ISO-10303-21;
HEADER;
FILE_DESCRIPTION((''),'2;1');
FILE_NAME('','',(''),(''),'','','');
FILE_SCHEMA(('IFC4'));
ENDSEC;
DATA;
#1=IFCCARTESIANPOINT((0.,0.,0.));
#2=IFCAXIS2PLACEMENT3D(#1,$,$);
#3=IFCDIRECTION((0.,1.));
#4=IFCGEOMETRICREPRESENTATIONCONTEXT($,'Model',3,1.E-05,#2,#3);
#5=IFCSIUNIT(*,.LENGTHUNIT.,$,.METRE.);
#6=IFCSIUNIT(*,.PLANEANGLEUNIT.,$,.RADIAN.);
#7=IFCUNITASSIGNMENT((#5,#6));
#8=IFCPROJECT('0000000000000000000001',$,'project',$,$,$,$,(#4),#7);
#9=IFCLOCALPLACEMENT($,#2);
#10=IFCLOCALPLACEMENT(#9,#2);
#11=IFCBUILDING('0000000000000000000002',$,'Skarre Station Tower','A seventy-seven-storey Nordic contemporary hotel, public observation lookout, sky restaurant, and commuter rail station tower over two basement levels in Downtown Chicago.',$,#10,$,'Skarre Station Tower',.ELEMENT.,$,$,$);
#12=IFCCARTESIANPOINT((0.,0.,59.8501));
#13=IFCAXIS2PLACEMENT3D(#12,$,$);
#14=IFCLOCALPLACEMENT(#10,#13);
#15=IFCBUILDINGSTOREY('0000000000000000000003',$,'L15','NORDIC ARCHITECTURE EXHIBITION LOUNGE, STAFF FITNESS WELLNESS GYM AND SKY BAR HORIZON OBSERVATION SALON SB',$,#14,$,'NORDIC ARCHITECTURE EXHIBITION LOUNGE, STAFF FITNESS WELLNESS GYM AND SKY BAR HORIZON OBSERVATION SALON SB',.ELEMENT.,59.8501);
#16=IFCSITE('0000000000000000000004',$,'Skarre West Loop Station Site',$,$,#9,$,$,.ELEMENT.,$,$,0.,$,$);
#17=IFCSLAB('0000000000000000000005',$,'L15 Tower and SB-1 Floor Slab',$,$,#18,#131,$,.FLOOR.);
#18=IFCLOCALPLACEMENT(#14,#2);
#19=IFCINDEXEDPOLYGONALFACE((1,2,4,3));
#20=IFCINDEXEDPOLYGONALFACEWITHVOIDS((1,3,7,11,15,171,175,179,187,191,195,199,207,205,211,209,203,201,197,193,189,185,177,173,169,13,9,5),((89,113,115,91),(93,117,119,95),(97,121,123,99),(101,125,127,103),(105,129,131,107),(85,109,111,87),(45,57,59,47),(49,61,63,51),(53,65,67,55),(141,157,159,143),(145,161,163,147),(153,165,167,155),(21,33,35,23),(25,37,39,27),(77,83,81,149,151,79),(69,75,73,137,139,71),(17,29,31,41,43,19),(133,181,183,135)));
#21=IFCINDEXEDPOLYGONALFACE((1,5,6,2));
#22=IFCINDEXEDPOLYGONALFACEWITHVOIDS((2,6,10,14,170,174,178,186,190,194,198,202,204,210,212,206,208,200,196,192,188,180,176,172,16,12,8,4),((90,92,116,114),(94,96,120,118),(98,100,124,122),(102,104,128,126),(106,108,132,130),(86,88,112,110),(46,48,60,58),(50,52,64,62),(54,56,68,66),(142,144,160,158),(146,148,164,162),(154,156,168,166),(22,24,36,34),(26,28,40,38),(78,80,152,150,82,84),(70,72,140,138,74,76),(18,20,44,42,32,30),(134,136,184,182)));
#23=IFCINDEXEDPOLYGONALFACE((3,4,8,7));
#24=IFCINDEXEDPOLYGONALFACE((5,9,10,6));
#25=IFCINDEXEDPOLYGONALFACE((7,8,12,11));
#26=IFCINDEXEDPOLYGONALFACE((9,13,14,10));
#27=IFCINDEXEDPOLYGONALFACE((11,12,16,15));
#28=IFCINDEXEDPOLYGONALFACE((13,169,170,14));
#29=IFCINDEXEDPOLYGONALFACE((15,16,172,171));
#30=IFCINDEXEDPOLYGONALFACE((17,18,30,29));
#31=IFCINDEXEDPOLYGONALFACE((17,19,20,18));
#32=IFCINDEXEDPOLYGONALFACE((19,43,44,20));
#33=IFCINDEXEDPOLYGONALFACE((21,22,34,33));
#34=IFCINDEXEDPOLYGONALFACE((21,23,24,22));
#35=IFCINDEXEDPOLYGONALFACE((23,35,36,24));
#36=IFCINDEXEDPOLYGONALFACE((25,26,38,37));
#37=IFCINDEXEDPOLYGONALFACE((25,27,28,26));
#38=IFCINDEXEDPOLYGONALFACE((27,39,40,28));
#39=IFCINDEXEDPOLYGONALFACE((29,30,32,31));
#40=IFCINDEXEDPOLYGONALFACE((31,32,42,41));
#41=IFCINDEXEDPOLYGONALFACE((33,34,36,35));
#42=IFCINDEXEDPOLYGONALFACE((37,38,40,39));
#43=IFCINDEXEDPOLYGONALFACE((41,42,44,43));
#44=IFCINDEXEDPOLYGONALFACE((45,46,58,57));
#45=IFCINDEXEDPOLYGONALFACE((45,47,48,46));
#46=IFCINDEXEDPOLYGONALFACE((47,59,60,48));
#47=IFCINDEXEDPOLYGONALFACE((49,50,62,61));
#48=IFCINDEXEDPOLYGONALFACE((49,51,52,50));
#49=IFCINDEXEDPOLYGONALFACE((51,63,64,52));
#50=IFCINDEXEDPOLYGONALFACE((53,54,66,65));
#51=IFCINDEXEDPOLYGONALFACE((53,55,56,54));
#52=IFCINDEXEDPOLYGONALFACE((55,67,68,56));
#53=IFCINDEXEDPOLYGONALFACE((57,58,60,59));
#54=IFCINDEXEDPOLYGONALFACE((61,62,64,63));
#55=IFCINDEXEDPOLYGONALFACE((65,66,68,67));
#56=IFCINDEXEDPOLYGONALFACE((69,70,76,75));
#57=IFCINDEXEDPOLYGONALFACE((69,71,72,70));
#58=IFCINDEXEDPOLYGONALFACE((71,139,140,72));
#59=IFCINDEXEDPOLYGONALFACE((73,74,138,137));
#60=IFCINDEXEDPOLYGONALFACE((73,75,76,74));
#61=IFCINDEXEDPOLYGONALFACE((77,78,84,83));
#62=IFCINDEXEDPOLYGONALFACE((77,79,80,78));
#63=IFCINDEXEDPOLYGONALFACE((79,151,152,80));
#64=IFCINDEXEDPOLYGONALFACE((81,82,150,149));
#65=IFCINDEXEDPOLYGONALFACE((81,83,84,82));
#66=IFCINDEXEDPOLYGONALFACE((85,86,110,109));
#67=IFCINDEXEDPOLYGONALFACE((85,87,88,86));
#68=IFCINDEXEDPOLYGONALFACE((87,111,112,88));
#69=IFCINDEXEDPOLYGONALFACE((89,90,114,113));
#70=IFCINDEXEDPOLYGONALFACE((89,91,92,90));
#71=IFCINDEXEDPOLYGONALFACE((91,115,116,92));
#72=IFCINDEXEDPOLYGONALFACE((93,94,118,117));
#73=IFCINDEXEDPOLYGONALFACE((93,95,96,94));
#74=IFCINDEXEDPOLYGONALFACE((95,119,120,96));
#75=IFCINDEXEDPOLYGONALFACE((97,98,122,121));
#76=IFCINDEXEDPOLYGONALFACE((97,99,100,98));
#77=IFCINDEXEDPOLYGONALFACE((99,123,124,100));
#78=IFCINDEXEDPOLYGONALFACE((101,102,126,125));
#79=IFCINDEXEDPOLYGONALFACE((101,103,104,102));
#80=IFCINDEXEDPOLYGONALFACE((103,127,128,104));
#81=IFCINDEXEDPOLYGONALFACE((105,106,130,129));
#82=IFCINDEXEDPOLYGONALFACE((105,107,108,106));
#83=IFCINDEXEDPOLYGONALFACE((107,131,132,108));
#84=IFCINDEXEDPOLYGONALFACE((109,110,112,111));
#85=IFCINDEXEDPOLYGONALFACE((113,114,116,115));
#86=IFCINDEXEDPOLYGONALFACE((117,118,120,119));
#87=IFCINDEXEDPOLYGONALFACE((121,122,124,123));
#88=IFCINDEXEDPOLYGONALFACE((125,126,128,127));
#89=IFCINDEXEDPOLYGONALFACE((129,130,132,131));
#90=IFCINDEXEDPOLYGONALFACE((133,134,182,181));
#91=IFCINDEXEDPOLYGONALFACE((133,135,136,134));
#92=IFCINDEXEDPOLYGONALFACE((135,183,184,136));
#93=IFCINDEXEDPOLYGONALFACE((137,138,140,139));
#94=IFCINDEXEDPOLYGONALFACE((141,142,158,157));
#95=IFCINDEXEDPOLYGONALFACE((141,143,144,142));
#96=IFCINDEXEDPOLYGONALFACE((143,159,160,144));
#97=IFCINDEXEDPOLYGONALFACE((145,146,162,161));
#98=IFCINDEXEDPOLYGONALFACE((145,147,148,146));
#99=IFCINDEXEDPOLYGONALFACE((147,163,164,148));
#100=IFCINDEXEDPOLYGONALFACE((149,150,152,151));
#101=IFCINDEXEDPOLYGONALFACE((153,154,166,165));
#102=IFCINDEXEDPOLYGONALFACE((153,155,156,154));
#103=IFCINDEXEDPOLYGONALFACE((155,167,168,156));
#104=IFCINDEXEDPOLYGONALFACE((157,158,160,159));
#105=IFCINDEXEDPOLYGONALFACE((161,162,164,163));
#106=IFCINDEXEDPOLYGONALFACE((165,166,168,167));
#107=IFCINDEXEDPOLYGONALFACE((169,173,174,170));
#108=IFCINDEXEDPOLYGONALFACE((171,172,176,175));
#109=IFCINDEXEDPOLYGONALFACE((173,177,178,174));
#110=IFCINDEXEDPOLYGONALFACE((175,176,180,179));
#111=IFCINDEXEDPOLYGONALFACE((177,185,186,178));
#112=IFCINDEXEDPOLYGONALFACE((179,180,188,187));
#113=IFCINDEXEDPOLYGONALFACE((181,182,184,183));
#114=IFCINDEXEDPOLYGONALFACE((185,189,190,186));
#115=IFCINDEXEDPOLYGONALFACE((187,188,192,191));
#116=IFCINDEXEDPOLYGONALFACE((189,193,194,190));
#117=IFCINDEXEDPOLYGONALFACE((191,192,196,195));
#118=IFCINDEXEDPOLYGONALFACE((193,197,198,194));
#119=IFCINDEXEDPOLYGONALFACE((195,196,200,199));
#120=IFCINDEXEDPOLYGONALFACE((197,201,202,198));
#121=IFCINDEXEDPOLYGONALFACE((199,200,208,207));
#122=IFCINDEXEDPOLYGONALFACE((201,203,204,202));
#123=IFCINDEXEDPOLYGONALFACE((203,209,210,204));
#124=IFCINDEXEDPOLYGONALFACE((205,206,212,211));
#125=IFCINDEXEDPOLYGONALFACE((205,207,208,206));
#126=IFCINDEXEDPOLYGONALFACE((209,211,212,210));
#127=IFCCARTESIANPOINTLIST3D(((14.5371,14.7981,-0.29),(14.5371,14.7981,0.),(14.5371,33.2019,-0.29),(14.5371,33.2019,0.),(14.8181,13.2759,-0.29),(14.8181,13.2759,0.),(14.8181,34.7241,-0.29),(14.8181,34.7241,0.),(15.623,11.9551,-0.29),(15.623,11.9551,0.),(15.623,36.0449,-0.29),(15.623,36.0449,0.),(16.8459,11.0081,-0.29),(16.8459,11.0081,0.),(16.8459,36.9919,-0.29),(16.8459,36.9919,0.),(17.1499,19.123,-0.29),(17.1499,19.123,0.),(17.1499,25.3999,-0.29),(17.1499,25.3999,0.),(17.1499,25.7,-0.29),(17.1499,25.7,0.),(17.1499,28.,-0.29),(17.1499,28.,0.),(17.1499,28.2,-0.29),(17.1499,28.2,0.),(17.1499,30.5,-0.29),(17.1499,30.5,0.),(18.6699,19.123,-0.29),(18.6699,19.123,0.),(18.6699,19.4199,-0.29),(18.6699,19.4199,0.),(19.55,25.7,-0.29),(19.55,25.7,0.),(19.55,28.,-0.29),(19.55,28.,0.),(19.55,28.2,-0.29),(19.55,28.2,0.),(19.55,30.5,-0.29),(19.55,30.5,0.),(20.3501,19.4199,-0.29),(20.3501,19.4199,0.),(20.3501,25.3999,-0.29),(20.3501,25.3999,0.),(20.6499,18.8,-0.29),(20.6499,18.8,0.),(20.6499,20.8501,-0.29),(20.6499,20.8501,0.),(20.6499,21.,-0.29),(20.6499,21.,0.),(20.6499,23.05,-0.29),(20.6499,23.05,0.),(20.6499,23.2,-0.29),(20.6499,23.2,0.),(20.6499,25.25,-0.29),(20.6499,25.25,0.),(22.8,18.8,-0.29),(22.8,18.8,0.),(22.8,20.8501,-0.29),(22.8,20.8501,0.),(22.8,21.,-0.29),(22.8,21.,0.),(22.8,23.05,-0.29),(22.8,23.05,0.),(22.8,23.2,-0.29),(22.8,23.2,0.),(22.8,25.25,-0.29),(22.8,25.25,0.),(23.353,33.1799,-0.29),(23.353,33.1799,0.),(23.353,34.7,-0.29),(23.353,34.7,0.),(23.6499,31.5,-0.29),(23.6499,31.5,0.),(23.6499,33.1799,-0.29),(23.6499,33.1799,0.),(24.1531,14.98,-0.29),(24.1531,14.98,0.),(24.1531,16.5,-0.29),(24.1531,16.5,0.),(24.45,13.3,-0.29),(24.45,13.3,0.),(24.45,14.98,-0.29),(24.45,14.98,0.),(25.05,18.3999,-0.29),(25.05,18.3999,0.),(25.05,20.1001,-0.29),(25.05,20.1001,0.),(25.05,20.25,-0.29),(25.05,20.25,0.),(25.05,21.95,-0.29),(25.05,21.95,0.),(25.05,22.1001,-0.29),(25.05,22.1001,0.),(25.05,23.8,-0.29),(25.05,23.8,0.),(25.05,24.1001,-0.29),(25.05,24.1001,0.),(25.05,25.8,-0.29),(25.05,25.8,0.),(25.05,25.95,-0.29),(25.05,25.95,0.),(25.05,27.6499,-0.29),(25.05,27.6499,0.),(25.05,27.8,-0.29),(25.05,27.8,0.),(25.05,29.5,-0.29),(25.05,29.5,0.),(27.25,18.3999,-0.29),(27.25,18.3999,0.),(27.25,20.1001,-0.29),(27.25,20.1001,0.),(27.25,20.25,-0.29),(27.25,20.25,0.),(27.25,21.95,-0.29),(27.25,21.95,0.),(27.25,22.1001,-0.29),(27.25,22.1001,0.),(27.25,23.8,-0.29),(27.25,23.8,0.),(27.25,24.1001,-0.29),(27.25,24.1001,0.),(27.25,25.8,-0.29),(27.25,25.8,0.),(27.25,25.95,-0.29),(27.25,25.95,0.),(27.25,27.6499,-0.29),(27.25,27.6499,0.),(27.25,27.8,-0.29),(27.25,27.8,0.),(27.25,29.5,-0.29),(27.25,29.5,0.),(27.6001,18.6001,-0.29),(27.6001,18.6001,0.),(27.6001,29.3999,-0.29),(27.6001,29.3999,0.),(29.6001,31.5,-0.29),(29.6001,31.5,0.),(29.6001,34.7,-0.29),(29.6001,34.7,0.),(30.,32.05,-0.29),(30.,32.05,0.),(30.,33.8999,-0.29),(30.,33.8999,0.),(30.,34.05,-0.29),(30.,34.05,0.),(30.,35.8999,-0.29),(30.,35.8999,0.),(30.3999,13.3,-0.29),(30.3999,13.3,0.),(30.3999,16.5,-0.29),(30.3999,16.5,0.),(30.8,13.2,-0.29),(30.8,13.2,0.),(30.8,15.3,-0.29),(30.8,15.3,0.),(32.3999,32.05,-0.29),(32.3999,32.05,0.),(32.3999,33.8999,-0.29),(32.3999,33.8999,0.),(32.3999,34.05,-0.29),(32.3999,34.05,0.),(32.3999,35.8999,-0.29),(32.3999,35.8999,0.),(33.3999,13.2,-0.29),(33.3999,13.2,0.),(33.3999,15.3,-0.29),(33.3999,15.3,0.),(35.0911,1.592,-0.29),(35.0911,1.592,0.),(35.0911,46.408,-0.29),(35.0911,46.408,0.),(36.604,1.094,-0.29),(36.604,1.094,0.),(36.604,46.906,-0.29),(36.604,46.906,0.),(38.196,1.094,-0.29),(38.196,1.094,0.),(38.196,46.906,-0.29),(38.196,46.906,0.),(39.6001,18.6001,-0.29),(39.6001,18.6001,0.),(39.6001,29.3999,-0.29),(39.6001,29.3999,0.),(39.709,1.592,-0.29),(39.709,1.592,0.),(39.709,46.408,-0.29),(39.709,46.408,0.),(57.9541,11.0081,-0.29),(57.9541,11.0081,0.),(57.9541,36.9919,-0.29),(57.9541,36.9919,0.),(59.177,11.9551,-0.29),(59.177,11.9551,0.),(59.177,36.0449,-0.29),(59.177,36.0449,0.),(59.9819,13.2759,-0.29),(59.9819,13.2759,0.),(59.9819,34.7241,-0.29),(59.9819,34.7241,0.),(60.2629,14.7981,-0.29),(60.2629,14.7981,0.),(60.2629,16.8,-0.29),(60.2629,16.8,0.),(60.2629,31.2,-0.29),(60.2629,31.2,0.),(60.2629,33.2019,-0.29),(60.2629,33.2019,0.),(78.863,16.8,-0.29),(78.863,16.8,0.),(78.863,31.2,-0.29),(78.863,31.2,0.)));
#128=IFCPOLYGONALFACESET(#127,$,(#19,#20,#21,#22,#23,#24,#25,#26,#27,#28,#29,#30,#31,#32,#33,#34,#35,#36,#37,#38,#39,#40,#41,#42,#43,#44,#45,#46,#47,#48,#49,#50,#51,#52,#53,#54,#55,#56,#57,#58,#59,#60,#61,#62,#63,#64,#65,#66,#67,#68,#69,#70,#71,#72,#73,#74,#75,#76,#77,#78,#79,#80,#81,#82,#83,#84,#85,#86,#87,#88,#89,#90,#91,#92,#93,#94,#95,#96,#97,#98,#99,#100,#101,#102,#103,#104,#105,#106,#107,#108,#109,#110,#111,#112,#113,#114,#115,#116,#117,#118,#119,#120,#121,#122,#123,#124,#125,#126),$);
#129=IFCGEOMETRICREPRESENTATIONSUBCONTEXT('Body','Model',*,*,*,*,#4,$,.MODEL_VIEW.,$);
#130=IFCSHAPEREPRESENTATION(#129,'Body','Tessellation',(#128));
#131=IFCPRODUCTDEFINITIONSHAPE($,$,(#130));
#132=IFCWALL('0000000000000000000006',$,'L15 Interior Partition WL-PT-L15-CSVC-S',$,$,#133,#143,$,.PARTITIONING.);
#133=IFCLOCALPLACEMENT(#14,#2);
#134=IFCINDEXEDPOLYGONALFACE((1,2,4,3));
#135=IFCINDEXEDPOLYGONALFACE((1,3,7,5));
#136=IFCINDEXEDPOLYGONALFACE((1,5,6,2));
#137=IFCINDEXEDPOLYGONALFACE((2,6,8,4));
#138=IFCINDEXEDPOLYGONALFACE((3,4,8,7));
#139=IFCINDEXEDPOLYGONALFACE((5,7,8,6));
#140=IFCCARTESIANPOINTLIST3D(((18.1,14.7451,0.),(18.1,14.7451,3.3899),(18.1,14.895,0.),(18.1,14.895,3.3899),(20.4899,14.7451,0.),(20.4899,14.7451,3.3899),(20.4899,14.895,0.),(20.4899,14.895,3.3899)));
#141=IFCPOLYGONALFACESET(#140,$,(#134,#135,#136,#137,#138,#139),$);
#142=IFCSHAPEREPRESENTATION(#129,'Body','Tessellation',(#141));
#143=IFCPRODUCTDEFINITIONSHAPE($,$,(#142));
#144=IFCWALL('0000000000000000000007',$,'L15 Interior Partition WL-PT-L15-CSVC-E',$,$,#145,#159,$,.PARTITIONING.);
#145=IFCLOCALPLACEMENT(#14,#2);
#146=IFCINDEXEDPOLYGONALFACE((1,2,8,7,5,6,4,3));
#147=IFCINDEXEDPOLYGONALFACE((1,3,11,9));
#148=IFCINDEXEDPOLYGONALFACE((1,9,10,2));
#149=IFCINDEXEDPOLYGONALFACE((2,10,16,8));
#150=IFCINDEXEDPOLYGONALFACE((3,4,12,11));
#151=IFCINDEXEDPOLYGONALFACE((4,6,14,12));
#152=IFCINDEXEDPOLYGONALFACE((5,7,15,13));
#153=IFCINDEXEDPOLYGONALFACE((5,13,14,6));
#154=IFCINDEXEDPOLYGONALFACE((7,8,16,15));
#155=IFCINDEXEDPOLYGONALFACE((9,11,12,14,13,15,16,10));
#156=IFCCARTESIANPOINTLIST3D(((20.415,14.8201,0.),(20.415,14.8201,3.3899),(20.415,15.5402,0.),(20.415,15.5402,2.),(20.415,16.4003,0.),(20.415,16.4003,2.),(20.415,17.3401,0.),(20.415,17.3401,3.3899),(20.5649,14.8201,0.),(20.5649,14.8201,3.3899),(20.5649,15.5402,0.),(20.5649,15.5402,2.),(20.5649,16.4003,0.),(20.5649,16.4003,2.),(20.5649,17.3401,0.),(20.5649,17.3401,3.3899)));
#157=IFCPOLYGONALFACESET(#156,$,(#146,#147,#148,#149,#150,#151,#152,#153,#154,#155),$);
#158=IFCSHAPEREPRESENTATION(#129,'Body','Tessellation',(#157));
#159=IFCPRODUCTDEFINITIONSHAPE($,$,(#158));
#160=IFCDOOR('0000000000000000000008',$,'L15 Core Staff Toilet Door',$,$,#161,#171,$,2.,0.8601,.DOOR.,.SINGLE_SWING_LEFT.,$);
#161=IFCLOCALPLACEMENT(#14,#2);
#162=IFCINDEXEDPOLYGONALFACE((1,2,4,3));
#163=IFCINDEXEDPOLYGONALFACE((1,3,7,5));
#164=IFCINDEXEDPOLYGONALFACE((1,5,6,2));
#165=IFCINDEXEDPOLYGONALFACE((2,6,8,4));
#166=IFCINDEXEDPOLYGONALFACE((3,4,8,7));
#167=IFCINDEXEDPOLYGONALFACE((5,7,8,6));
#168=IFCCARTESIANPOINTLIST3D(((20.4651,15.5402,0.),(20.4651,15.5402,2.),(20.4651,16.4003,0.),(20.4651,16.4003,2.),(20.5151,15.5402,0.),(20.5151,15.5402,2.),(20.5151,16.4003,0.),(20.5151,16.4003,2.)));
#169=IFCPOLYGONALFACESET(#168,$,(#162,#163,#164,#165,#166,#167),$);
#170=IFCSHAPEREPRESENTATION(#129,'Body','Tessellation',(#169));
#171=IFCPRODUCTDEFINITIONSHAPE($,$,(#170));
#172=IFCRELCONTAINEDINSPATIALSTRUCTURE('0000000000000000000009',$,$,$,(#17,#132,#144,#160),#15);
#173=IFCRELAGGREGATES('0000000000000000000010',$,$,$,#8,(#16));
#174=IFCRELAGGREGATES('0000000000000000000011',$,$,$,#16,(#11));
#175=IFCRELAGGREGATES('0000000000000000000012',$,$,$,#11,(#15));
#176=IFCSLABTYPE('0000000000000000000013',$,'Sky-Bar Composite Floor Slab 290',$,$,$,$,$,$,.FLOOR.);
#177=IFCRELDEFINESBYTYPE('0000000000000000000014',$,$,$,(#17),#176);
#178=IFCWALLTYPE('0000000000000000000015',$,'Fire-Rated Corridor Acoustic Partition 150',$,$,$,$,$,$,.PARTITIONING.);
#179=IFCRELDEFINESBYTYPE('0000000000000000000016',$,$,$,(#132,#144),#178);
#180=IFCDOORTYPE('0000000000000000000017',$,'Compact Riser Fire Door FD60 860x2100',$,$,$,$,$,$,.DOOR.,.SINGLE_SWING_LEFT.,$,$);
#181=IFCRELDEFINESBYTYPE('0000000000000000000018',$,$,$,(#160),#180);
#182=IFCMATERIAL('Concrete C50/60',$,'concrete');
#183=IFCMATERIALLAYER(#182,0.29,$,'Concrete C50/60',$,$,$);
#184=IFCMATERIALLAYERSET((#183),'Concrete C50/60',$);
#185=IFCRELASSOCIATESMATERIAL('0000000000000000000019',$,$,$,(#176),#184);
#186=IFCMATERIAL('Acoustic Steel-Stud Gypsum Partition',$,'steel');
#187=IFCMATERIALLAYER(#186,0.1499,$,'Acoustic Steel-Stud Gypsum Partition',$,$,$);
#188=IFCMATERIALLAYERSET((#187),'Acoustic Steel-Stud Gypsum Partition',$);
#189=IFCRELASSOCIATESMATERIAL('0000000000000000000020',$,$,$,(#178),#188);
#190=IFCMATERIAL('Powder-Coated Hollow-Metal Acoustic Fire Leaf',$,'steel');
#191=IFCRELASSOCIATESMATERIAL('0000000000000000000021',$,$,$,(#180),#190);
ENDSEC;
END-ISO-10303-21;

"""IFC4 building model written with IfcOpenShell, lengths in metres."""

from ifc_helpers import new_model, si_unit, direction, frame, frame_2d, origin, place, context, subcontext, project, spatial, polyline, rectangle, outline, extrude, material, layer, layer_set, type_object, element, fill, save


model = new_model("IFC4")

# Units and contexts
model_context = context("Model", 3, precision=1e-05, world=origin(), true_north=direction((0.0, 1.0)))
body_context = subcontext(model_context, "Body", "Model", "MODEL_VIEW")
ifc_project = project(units=[si_unit("LENGTHUNIT", "METRE"), si_unit("PLANEANGLEUNIT", "RADIAN")], contexts=[model_context])

# Site, building, storey
site_placement = place(None, origin())
site = spatial("IfcSite", under=ifc_project, at=site_placement, Name="Skarre West Loop Station Site", CompositionType="ELEMENT", RefElevation=0.0)
building_placement = place(site_placement, origin())
building = spatial("IfcBuilding", under=site, at=building_placement, Name="Skarre Station Tower", Description="A seventy-seven-storey Nordic contemporary hotel, public observation lookout, sky restaurant, and commuter rail station tower over two basement levels in Downtown Chicago.", LongName="Skarre Station Tower", CompositionType="ELEMENT")
storey_placement = place(building_placement, frame((0.0, 0.0, 59.8501)))
storey = spatial("IfcBuildingStorey", under=building, at=storey_placement, Name="L15", Description="NORDIC ARCHITECTURE EXHIBITION LOUNGE, STAFF FITNESS WELLNESS GYM AND SKY BAR HORIZON OBSERVATION SALON SB", LongName="NORDIC ARCHITECTURE EXHIBITION LOUNGE, STAFF FITNESS WELLNESS GYM AND SKY BAR HORIZON OBSERVATION SALON SB", CompositionType="ELEMENT", Elevation=59.8501)

# Slab
ifc_material_1 = material(Name="Concrete C50/60", Category="concrete")
ifc_layer_1 = layer(ifc_material_1, 0.29, Name="Concrete C50/60")
ifc_layer_set_1 = layer_set([ifc_layer_1], Name="Concrete C50/60")
slab_type_1 = type_object("IfcSlabType", Name="Sky-Bar Composite Floor Slab 290", PredefinedType="FLOOR", material=ifc_layer_set_1)
slab_1_placement = place(storey_placement, frame((0.0, 0.0, -0.29)))
element("IfcSlab", 1, at=slab_1_placement, inside=storey, type_object=slab_type_1, Name="L15 Tower and SB-1 Floor Slab", PredefinedType="FLOOR", context=body_context, shape_type="SweptSolid", body=[
    extrude(outline(polyline([(60.2629, 16.8), (78.863, 16.8), (78.863, 31.2), (60.2629, 31.2), (60.2629, 33.2019), (59.9819, 34.7241), (59.177, 36.0449), (57.9541, 36.9919), (39.709, 46.408), (38.196, 46.906), (36.604, 46.906), (35.0911, 46.408), (16.8459, 36.9919), (15.623, 36.0449), (14.8181, 34.7241), (14.5371, 33.2019), (14.5371, 14.7981), (14.8181, 13.2759), (15.623, 11.9551), (16.8459, 11.0081), (35.0911, 1.592), (36.604, 1.094), (38.196, 1.094), (39.709, 1.592), (57.9541, 11.0081), (59.177, 11.9551), (59.9819, 13.2759), (60.2629, 14.7981), (60.2629, 16.8)]), holes=[polyline([(18.6699, 19.4199), (18.6699, 19.123), (17.1499, 19.123), (17.1499, 25.3999), (20.3501, 25.3999), (20.3501, 19.4199), (18.6699, 19.4199)]), polyline([(24.45, 14.98), (24.1531, 14.98), (24.1531, 16.5), (30.3999, 16.5), (30.3999, 13.3), (24.45, 13.3), (24.45, 14.98)]), polyline([(23.6499, 33.1799), (23.353, 33.1799), (23.353, 34.7), (29.6001, 34.7), (29.6001, 31.5), (23.6499, 31.5), (23.6499, 33.1799)]), polyline([(17.1499, 28.0), (19.55, 28.0), (19.55, 25.7), (17.1499, 25.7), (17.1499, 28.0)]), polyline([(17.1499, 30.5), (19.55, 30.5), (19.55, 28.2), (17.1499, 28.2), (17.1499, 30.5)]), polyline([(30.8, 15.3), (33.3999, 15.3), (33.3999, 13.2), (30.8, 13.2), (30.8, 15.3)]), polyline([(25.05, 20.1001), (27.25, 20.1001), (27.25, 18.3999), (25.05, 18.3999), (25.05, 20.1001)]), polyline([(25.05, 21.95), (27.25, 21.95), (27.25, 20.25), (25.05, 20.25), (25.05, 21.95)]), polyline([(25.05, 23.8), (27.25, 23.8), (27.25, 22.1001), (25.05, 22.1001), (25.05, 23.8)]), polyline([(25.05, 25.8), (27.25, 25.8), (27.25, 24.1001), (25.05, 24.1001), (25.05, 25.8)]), polyline([(25.05, 27.6499), (27.25, 27.6499), (27.25, 25.95), (25.05, 25.95), (25.05, 27.6499)]), polyline([(25.05, 29.5), (27.25, 29.5), (27.25, 27.8), (25.05, 27.8), (25.05, 29.5)]), polyline([(20.6499, 20.8501), (22.8, 20.8501), (22.8, 18.8), (20.6499, 18.8), (20.6499, 20.8501)]), polyline([(20.6499, 23.05), (22.8, 23.05), (22.8, 21.0), (20.6499, 21.0), (20.6499, 23.05)]), polyline([(20.6499, 25.25), (22.8, 25.25), (22.8, 23.2), (20.6499, 23.2), (20.6499, 25.25)]), polyline([(30.0, 33.8999), (32.3999, 33.8999), (32.3999, 32.05), (30.0, 32.05), (30.0, 33.8999)]), polyline([(30.0, 35.8999), (32.3999, 35.8999), (32.3999, 34.05), (30.0, 34.05), (30.0, 35.8999)]), polyline([(27.6001, 29.3999), (39.6001, 29.3999), (39.6001, 18.6001), (27.6001, 18.6001), (27.6001, 29.3999)])]), origin(), (0.0, 0.0, 1.0), 0.29),
])

# Wall
ifc_material_2 = material(Name="Acoustic Steel-Stud Gypsum Partition", Category="steel")
ifc_layer_2 = layer(ifc_material_2, 0.1499, Name="Acoustic Steel-Stud Gypsum Partition")
ifc_layer_set_2 = layer_set([ifc_layer_2], Name="Acoustic Steel-Stud Gypsum Partition")
wall_type_1 = type_object("IfcWallType", Name="Fire-Rated Corridor Acoustic Partition 150", PredefinedType="PARTITIONING", material=ifc_layer_set_2)
wall_1_placement = place(storey_placement, frame((18.1001, 14.8201, 0.0), z_axis=(0.0, 0.0, 1.0), x_axis=(1.0, 0.0, 0.0)))
element("IfcWall", 2, at=wall_1_placement, inside=storey, type_object=wall_type_1, Name="L15 Interior Partition WL-PT-L15-CSVC-S", PredefinedType="PARTITIONING", context=body_context, shape_type="SweptSolid", body=[
    extrude(rectangle(XDim=2.3899, YDim=0.1499, at=frame_2d((1.1948, 0.0))), origin(), (0.0, 0.0, 1.0), 3.3899),
])

# Wall, opening, door
wall_2_placement = place(storey_placement, frame((20.49, 14.8201, 0.0), z_axis=(0.0, 0.0, 1.0), x_axis=(0.0, 1.0, 0.0)))
wall_2 = element("IfcWall", 3, at=wall_2_placement, inside=storey, type_object=wall_type_1, Name="L15 Interior Partition WL-PT-L15-CSVC-E", PredefinedType="PARTITIONING", context=body_context, shape_type="SweptSolid", body=[
    extrude(rectangle(XDim=2.52, YDim=0.1499, at=frame_2d((1.26, 0.0))), origin(), (0.0, 0.0, 1.0), 3.3899),
])
opening_1_placement = place(wall_2_placement, frame((0.72, 0.0, 0.0)))
opening_1 = element("IfcOpeningElement", 4, at=opening_1_placement, cuts=wall_2, PredefinedType="OPENING", context=body_context, shape_type="SweptSolid", body=[
    extrude(rectangle(XDim=0.8601, YDim=2.0, at=frame_2d((0.4302, 1.0))), frame((0.0, 0.085, 0.0), z_axis=(0.0, -1.0, 0.0), x_axis=(1.0, 0.0, 0.0)), (0.0, 0.0, 1.0), 0.1699),
])
ifc_material_3 = material(Name="Powder-Coated Hollow-Metal Acoustic Fire Leaf", Category="steel")
door_type_1 = type_object("IfcDoorType", Name="Compact Riser Fire Door FD60 860x2100", OperationType="SINGLE_SWING_LEFT", PredefinedType="DOOR", material=ifc_material_3)
door_1_placement = place(opening_1_placement, origin())
door_1 = element("IfcDoor", 5, at=door_1_placement, inside=storey, type_object=door_type_1, Name="L15 Core Staff Toilet Door", OperationType="SINGLE_SWING_LEFT", OverallHeight=2.0, OverallWidth=0.8601, PredefinedType="DOOR", context=body_context, shape_type="SweptSolid", body=[
    extrude(rectangle(XDim=0.8601, YDim=2.0, at=frame_2d((0.4302, 1.0))), frame((0.0, 0.0249, 0.0), z_axis=(0.0, -1.0, 0.0), x_axis=(1.0, 0.0, 0.0)), (0.0, 0.0, 1.0), 0.05),
])
fill(opening_1, door_1)

save(model, "model.ifc")
